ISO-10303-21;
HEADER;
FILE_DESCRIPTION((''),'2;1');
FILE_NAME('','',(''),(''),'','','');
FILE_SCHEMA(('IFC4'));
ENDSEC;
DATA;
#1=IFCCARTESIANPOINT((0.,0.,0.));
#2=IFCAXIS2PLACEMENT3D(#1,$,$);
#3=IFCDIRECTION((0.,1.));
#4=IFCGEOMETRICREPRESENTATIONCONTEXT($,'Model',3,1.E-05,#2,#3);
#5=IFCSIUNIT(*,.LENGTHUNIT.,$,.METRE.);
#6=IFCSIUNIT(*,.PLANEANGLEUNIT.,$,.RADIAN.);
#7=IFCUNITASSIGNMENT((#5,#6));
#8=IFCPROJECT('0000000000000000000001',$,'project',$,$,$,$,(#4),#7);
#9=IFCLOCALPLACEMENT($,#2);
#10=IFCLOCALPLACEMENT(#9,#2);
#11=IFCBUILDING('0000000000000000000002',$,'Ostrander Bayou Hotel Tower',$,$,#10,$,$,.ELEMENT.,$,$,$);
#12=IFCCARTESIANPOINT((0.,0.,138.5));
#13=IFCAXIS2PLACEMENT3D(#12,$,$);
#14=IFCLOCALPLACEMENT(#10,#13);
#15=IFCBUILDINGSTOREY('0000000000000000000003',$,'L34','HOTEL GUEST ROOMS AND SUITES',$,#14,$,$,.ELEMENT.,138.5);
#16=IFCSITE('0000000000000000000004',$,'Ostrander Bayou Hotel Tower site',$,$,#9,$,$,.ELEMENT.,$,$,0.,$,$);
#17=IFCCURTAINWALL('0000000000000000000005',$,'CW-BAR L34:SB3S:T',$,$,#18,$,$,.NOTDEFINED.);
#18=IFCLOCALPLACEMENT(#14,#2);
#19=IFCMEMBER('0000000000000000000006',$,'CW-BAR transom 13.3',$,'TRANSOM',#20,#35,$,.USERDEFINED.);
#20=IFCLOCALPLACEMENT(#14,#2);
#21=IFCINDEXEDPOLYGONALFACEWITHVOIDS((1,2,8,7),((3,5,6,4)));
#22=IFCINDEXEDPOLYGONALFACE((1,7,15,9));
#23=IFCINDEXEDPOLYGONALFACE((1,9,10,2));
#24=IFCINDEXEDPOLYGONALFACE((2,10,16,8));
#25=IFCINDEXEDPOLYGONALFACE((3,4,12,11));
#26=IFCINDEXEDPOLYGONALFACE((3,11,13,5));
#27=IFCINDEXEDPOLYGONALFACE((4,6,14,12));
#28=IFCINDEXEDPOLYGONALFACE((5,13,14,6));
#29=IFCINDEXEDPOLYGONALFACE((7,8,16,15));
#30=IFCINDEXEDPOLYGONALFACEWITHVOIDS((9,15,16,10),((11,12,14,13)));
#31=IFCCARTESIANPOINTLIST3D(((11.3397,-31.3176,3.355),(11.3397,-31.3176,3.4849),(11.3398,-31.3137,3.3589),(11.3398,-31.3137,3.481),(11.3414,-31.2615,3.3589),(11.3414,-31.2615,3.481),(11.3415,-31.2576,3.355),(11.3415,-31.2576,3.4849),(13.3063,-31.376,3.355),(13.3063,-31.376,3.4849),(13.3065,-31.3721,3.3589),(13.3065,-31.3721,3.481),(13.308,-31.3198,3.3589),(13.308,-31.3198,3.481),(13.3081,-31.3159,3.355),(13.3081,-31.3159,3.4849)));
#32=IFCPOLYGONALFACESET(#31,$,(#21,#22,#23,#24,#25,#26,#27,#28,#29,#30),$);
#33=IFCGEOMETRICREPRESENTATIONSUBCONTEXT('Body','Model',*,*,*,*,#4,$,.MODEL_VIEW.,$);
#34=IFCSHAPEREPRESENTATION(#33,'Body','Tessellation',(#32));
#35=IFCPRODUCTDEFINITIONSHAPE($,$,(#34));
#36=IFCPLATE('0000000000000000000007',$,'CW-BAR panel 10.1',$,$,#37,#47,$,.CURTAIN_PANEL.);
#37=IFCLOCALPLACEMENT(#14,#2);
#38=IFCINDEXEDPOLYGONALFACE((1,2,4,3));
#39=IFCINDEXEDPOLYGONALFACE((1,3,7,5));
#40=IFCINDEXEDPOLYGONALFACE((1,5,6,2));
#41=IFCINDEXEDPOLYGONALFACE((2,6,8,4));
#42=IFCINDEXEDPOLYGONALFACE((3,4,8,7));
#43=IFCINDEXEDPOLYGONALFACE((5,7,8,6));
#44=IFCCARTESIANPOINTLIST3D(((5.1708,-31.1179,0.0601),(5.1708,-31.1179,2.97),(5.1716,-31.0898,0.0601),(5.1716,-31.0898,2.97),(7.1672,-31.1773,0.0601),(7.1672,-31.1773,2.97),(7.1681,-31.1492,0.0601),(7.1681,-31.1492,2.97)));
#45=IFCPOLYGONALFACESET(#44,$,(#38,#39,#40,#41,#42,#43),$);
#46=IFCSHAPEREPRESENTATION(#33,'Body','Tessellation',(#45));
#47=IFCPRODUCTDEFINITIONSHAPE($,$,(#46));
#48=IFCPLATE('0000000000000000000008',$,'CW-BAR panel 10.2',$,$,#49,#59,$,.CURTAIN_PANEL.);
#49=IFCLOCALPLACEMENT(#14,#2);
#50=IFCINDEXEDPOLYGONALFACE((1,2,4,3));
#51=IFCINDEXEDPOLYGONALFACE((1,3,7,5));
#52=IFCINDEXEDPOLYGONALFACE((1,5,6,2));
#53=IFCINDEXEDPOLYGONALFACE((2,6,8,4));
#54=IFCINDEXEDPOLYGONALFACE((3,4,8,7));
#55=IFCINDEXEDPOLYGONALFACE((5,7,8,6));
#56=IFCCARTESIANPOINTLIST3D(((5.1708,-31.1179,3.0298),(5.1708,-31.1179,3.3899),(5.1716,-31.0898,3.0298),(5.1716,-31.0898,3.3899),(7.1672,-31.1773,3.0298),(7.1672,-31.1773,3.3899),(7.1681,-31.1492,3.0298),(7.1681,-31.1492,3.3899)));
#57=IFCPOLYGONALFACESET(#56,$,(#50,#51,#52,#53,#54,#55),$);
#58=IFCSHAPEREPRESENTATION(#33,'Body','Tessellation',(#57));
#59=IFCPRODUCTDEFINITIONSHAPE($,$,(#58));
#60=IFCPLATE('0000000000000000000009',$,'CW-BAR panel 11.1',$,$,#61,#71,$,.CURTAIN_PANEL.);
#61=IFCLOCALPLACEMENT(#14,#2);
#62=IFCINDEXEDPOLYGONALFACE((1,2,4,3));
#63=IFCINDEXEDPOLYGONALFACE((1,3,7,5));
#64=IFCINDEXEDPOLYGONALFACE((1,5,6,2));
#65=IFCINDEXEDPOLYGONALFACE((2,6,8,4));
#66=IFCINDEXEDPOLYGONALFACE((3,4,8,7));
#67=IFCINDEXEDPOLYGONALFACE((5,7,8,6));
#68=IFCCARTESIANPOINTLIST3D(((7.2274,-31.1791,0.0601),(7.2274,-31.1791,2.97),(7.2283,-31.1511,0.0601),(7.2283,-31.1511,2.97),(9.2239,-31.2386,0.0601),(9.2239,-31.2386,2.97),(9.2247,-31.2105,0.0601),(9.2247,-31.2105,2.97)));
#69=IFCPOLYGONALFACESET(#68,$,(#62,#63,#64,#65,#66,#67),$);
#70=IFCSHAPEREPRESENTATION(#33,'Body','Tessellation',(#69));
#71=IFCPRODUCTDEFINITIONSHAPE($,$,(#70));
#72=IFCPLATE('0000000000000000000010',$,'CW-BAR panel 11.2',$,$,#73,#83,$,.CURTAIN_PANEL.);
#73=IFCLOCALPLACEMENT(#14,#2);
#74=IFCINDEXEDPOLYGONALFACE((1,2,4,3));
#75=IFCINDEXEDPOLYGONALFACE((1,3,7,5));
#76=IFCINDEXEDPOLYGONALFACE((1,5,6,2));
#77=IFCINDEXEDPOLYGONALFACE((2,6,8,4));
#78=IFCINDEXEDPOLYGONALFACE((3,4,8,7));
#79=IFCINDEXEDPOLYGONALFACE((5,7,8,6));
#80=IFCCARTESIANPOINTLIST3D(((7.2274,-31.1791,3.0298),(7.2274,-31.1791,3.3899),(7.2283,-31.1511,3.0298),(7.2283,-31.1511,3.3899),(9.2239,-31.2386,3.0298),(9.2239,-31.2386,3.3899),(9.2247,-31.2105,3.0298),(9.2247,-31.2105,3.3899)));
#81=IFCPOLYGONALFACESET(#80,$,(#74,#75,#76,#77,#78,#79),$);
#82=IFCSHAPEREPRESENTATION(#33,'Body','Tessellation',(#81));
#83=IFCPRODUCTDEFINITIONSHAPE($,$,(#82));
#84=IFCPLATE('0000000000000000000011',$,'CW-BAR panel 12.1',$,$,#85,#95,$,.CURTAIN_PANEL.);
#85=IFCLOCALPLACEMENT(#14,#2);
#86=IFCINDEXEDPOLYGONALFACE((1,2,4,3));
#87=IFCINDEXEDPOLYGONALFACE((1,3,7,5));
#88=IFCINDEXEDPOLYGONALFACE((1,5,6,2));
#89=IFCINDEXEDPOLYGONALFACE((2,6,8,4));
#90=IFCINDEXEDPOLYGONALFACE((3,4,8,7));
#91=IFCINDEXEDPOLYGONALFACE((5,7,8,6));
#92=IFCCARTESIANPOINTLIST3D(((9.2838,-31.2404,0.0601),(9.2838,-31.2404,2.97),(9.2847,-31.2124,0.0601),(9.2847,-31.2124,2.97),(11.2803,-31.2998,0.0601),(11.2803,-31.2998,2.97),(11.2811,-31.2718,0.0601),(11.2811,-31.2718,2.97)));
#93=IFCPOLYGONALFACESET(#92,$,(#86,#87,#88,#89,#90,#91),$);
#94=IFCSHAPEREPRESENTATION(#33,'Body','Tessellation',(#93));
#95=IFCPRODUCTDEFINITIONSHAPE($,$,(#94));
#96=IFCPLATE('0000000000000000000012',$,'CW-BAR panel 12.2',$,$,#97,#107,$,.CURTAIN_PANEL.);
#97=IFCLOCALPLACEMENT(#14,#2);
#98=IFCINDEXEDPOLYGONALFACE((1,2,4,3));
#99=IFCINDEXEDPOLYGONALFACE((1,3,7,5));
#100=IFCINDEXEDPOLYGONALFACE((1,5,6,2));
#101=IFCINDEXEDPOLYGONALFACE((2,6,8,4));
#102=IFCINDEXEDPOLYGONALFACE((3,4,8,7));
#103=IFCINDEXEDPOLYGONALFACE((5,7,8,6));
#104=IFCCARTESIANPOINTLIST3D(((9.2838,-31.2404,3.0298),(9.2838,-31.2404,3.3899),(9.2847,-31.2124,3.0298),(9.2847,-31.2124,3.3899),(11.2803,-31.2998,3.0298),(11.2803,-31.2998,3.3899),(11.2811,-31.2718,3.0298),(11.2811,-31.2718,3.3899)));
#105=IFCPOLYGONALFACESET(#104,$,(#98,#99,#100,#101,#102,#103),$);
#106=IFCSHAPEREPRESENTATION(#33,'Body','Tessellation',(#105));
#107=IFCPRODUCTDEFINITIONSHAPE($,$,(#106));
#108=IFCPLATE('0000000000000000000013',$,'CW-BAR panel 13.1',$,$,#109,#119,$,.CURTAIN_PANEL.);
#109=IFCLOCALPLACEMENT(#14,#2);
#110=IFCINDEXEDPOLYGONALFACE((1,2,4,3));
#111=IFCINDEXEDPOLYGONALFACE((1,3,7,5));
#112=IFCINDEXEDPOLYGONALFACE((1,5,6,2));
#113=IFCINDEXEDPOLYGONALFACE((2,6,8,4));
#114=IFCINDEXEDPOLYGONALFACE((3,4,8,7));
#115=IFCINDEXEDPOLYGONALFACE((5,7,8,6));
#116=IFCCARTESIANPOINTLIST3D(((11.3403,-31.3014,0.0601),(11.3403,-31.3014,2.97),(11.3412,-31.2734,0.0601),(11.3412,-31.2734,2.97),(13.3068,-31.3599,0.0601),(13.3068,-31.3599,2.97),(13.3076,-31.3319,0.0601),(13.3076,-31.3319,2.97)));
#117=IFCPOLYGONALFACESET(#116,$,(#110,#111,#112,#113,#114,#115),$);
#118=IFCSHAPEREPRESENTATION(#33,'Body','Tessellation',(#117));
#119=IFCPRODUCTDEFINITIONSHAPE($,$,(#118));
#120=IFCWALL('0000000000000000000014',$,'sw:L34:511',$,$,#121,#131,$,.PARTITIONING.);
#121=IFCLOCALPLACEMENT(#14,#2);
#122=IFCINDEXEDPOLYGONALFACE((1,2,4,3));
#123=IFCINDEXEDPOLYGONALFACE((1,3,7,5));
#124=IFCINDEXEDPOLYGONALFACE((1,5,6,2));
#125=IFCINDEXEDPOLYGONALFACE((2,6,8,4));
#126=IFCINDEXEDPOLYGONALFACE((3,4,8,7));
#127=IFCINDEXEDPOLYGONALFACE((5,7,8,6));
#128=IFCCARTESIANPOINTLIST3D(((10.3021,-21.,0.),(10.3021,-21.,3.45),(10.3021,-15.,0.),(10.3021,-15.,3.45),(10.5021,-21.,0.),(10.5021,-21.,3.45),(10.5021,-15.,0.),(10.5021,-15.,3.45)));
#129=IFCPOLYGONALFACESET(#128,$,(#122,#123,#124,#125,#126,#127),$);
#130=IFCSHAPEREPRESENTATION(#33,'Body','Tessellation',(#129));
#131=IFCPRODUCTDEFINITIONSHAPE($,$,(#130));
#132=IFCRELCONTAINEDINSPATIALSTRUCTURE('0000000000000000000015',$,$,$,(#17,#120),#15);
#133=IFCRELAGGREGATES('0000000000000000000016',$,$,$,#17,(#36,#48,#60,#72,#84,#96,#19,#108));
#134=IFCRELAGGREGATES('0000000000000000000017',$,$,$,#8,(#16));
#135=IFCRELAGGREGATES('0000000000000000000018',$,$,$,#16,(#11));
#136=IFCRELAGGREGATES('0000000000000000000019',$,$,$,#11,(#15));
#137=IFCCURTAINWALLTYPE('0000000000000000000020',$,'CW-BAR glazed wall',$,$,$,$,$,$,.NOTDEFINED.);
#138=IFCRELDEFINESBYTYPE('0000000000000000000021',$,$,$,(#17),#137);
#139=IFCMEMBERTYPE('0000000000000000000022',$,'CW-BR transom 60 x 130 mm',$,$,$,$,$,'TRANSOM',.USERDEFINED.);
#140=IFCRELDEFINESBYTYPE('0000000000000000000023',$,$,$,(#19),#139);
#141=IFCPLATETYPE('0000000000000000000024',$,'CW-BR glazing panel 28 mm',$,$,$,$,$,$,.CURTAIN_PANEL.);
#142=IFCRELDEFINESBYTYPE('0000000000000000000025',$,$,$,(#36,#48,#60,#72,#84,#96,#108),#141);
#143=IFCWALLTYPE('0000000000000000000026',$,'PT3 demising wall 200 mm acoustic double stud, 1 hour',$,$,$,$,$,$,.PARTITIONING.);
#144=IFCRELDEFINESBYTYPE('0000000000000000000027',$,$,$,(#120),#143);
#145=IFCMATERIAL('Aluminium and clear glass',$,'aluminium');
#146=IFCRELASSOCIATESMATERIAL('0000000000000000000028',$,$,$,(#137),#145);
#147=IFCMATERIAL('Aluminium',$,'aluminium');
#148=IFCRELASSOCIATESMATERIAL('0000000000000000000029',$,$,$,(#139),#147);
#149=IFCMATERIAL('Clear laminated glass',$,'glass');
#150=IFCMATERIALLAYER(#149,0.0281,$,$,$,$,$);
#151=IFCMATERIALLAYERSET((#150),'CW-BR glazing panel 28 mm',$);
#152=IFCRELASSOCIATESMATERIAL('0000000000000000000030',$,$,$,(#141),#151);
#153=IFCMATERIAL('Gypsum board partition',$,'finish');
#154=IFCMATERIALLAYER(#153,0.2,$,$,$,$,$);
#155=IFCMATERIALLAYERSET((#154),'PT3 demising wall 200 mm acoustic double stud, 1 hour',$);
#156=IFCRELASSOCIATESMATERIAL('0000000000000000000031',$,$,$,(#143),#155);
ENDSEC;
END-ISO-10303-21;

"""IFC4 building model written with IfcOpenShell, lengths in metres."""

from ifc_helpers import new_model, si_unit, direction, frame, frame_2d, origin, origin_2d, place, context, subcontext, project, spatial, rectangle, hollow_rectangle, extrude, material, layer, layer_set, material_profile, profile_set, type_object, element, aggregate, save


model = new_model("IFC4")

# Units and contexts
model_context = context("Model", 3, precision=1e-05, world=origin(), true_north=direction((0.0, 1.0)))
body_context = subcontext(model_context, "Body", "Model", "MODEL_VIEW")
ifc_project = project(units=[si_unit("LENGTHUNIT", "METRE"), si_unit("PLANEANGLEUNIT", "RADIAN")], contexts=[model_context])

# Site, building, storey
site_placement = place(None, origin())
site = spatial("IfcSite", under=ifc_project, at=site_placement, Name="Ostrander Bayou Hotel Tower site", CompositionType="ELEMENT", RefElevation=0.0)
building_placement = place(site_placement, origin())
building = spatial("IfcBuilding", under=site, at=building_placement, Name="Ostrander Bayou Hotel Tower", CompositionType="ELEMENT")
storey_placement = place(building_placement, frame((0.0, 0.0, 138.5)))
storey = spatial("IfcBuildingStorey", under=building, at=storey_placement, Name="L34", Description="HOTEL GUEST ROOMS AND SUITES", CompositionType="ELEMENT", Elevation=138.5)

# Curtain wall, member, plates
ifc_material_1 = material(Name="Aluminium and clear glass", Category="aluminium")
curtain_wall_type = type_object("IfcCurtainWallType", Name="CW-BAR glazed wall", PredefinedType="NOTDEFINED", material=ifc_material_1)
curtain_wall_placement = place(storey_placement, origin())
curtain_wall = element("IfcCurtainWall", 1, at=curtain_wall_placement, inside=storey, type_object=curtain_wall_type, Name="CW-BAR L34:SB3S:T", PredefinedType="NOTDEFINED")
ifc_material_2 = material(Name="Aluminium", Category="aluminium")
ifc_material_profile_1 = material_profile(ifc_material_2, hollow_rectangle(XDim=0.0601, YDim=0.1299, WallThickness=0.0039, at=origin_2d()))
ifc_profile_set_1 = profile_set([ifc_material_profile_1], Name="Aluminium")
member_type_1 = type_object("IfcMemberType", Name="CW-BR transom 60 x 130 mm", ElementType="TRANSOM", PredefinedType="USERDEFINED", material=ifc_profile_set_1)
member_1_placement = place(storey_placement, frame((11.3406, -31.2876, 3.4199), z_axis=(0.99956, -0.029658, 0.0), x_axis=(0.029658, 0.99956, 0.0)))
member_1 = element("IfcMember", 2, at=member_1_placement, type_object=member_type_1, Name="CW-BAR transom 13.3", ObjectType="TRANSOM", PredefinedType="USERDEFINED", context=body_context, shape_type="SweptSolid", body=[
    extrude(hollow_rectangle(XDim=0.0601, YDim=0.1299, WallThickness=0.0039, at=origin_2d()), origin(), (0.0, 0.0, 1.0), 1.9675),
])
ifc_material_3 = material(Name="Clear laminated glass", Category="glass")
ifc_layer_1 = layer(ifc_material_3, 0.0281)
ifc_layer_set_1 = layer_set([ifc_layer_1], Name="CW-BR glazing panel 28 mm")
plate_type = type_object("IfcPlateType", Name="CW-BR glazing panel 28 mm", PredefinedType="CURTAIN_PANEL", material=ifc_layer_set_1)
plate_1_placement = place(storey_placement, frame((6.1694, -31.1335, 0.0601), z_axis=(0.0, 0.0, 1.0), x_axis=(0.999557, -0.029746, 0.0)))
plate_1 = element("IfcPlate", 3, at=plate_1_placement, type_object=plate_type, Name="CW-BAR panel 10.1", PredefinedType="CURTAIN_PANEL", context=body_context, shape_type="SweptSolid", body=[
    extrude(rectangle(XDim=1.9973, YDim=0.0281, at=origin_2d()), origin(), (0.0, 0.0, 1.0), 2.9099),
])
plate_2_placement = place(storey_placement, frame((6.1694, -31.1335, 3.0298), z_axis=(0.0, 0.0, 1.0), x_axis=(0.999557, -0.029746, 0.0)))
plate_2 = element("IfcPlate", 4, at=plate_2_placement, type_object=plate_type, Name="CW-BAR panel 10.2", PredefinedType="CURTAIN_PANEL", context=body_context, shape_type="SweptSolid", body=[
    extrude(rectangle(XDim=1.9973, YDim=0.0281, at=origin_2d()), origin(), (0.0, 0.0, 1.0), 0.3601),
])
plate_3_placement = place(storey_placement, frame((8.2261, -31.1948, 0.0601), z_axis=(0.0, 0.0, 1.0), x_axis=(0.999557, -0.029746, 0.0)))
plate_3 = element("IfcPlate", 5, at=plate_3_placement, type_object=plate_type, Name="CW-BAR panel 11.1", PredefinedType="CURTAIN_PANEL", context=body_context, shape_type="SweptSolid", body=[
    extrude(rectangle(XDim=1.9973, YDim=0.0281, at=origin_2d()), origin(), (0.0, 0.0, 1.0), 2.9099),
])
plate_4_placement = place(storey_placement, frame((8.2261, -31.1948, 3.0298), z_axis=(0.0, 0.0, 1.0), x_axis=(0.999557, -0.029746, 0.0)))
plate_4 = element("IfcPlate", 6, at=plate_4_placement, type_object=plate_type, Name="CW-BAR panel 11.2", PredefinedType="CURTAIN_PANEL", context=body_context, shape_type="SweptSolid", body=[
    extrude(rectangle(XDim=1.9973, YDim=0.0281, at=origin_2d()), origin(), (0.0, 0.0, 1.0), 0.3601),
])
plate_5_placement = place(storey_placement, frame((10.2825, -31.2561, 0.0601), z_axis=(0.0, 0.0, 1.0), x_axis=(0.999557, -0.029746, 0.0)))
plate_5 = element("IfcPlate", 7, at=plate_5_placement, type_object=plate_type, Name="CW-BAR panel 12.1", PredefinedType="CURTAIN_PANEL", context=body_context, shape_type="SweptSolid", body=[
    extrude(rectangle(XDim=1.9973, YDim=0.0281, at=origin_2d()), origin(), (0.0, 0.0, 1.0), 2.9099),
])
plate_6_placement = place(storey_placement, frame((10.2825, -31.2561, 3.0298), z_axis=(0.0, 0.0, 1.0), x_axis=(0.999557, -0.029746, 0.0)))
plate_6 = element("IfcPlate", 8, at=plate_6_placement, type_object=plate_type, Name="CW-BAR panel 12.2", PredefinedType="CURTAIN_PANEL", context=body_context, shape_type="SweptSolid", body=[
    extrude(rectangle(XDim=1.9973, YDim=0.0281, at=origin_2d()), origin(), (0.0, 0.0, 1.0), 0.3601),
])
plate_7_placement = place(storey_placement, frame((12.324, -31.3167, 0.0601), z_axis=(0.0, 0.0, 1.0), x_axis=(0.999557, -0.029746, 0.0)))
plate_7 = element("IfcPlate", 9, at=plate_7_placement, type_object=plate_type, Name="CW-BAR panel 13.1", PredefinedType="CURTAIN_PANEL", context=body_context, shape_type="SweptSolid", body=[
    extrude(rectangle(XDim=1.9673, YDim=0.0281, at=origin_2d()), origin(), (0.0, 0.0, 1.0), 2.9099),
])
aggregate(curtain_wall, [plate_1, plate_2, plate_3, plate_4, plate_5, plate_6, member_1, plate_7])

# Wall
ifc_material_4 = material(Name="Gypsum board partition", Category="finish")
ifc_layer_2 = layer(ifc_material_4, 0.2)
ifc_layer_set_2 = layer_set([ifc_layer_2], Name="PT3 demising wall 200 mm acoustic double stud, 1 hour")
wall_type = type_object("IfcWallType", Name="PT3 demising wall 200 mm acoustic double stud, 1 hour", PredefinedType="PARTITIONING", material=ifc_layer_set_2)
wall_placement = place(storey_placement, frame((10.4021, -21.0, 0.0), z_axis=(0.0, 0.0, 1.0), x_axis=(0.0, 1.0, 0.0)))
element("IfcWall", 10, at=wall_placement, inside=storey, type_object=wall_type, Name="sw:L34:511", PredefinedType="PARTITIONING", context=body_context, shape_type="SweptSolid", body=[
    extrude(rectangle(XDim=6.0, YDim=0.2, at=frame_2d((3.0, 0.0))), origin(), (0.0, 0.0, 1.0), 3.45),
])

save(model, "model.ifc")
